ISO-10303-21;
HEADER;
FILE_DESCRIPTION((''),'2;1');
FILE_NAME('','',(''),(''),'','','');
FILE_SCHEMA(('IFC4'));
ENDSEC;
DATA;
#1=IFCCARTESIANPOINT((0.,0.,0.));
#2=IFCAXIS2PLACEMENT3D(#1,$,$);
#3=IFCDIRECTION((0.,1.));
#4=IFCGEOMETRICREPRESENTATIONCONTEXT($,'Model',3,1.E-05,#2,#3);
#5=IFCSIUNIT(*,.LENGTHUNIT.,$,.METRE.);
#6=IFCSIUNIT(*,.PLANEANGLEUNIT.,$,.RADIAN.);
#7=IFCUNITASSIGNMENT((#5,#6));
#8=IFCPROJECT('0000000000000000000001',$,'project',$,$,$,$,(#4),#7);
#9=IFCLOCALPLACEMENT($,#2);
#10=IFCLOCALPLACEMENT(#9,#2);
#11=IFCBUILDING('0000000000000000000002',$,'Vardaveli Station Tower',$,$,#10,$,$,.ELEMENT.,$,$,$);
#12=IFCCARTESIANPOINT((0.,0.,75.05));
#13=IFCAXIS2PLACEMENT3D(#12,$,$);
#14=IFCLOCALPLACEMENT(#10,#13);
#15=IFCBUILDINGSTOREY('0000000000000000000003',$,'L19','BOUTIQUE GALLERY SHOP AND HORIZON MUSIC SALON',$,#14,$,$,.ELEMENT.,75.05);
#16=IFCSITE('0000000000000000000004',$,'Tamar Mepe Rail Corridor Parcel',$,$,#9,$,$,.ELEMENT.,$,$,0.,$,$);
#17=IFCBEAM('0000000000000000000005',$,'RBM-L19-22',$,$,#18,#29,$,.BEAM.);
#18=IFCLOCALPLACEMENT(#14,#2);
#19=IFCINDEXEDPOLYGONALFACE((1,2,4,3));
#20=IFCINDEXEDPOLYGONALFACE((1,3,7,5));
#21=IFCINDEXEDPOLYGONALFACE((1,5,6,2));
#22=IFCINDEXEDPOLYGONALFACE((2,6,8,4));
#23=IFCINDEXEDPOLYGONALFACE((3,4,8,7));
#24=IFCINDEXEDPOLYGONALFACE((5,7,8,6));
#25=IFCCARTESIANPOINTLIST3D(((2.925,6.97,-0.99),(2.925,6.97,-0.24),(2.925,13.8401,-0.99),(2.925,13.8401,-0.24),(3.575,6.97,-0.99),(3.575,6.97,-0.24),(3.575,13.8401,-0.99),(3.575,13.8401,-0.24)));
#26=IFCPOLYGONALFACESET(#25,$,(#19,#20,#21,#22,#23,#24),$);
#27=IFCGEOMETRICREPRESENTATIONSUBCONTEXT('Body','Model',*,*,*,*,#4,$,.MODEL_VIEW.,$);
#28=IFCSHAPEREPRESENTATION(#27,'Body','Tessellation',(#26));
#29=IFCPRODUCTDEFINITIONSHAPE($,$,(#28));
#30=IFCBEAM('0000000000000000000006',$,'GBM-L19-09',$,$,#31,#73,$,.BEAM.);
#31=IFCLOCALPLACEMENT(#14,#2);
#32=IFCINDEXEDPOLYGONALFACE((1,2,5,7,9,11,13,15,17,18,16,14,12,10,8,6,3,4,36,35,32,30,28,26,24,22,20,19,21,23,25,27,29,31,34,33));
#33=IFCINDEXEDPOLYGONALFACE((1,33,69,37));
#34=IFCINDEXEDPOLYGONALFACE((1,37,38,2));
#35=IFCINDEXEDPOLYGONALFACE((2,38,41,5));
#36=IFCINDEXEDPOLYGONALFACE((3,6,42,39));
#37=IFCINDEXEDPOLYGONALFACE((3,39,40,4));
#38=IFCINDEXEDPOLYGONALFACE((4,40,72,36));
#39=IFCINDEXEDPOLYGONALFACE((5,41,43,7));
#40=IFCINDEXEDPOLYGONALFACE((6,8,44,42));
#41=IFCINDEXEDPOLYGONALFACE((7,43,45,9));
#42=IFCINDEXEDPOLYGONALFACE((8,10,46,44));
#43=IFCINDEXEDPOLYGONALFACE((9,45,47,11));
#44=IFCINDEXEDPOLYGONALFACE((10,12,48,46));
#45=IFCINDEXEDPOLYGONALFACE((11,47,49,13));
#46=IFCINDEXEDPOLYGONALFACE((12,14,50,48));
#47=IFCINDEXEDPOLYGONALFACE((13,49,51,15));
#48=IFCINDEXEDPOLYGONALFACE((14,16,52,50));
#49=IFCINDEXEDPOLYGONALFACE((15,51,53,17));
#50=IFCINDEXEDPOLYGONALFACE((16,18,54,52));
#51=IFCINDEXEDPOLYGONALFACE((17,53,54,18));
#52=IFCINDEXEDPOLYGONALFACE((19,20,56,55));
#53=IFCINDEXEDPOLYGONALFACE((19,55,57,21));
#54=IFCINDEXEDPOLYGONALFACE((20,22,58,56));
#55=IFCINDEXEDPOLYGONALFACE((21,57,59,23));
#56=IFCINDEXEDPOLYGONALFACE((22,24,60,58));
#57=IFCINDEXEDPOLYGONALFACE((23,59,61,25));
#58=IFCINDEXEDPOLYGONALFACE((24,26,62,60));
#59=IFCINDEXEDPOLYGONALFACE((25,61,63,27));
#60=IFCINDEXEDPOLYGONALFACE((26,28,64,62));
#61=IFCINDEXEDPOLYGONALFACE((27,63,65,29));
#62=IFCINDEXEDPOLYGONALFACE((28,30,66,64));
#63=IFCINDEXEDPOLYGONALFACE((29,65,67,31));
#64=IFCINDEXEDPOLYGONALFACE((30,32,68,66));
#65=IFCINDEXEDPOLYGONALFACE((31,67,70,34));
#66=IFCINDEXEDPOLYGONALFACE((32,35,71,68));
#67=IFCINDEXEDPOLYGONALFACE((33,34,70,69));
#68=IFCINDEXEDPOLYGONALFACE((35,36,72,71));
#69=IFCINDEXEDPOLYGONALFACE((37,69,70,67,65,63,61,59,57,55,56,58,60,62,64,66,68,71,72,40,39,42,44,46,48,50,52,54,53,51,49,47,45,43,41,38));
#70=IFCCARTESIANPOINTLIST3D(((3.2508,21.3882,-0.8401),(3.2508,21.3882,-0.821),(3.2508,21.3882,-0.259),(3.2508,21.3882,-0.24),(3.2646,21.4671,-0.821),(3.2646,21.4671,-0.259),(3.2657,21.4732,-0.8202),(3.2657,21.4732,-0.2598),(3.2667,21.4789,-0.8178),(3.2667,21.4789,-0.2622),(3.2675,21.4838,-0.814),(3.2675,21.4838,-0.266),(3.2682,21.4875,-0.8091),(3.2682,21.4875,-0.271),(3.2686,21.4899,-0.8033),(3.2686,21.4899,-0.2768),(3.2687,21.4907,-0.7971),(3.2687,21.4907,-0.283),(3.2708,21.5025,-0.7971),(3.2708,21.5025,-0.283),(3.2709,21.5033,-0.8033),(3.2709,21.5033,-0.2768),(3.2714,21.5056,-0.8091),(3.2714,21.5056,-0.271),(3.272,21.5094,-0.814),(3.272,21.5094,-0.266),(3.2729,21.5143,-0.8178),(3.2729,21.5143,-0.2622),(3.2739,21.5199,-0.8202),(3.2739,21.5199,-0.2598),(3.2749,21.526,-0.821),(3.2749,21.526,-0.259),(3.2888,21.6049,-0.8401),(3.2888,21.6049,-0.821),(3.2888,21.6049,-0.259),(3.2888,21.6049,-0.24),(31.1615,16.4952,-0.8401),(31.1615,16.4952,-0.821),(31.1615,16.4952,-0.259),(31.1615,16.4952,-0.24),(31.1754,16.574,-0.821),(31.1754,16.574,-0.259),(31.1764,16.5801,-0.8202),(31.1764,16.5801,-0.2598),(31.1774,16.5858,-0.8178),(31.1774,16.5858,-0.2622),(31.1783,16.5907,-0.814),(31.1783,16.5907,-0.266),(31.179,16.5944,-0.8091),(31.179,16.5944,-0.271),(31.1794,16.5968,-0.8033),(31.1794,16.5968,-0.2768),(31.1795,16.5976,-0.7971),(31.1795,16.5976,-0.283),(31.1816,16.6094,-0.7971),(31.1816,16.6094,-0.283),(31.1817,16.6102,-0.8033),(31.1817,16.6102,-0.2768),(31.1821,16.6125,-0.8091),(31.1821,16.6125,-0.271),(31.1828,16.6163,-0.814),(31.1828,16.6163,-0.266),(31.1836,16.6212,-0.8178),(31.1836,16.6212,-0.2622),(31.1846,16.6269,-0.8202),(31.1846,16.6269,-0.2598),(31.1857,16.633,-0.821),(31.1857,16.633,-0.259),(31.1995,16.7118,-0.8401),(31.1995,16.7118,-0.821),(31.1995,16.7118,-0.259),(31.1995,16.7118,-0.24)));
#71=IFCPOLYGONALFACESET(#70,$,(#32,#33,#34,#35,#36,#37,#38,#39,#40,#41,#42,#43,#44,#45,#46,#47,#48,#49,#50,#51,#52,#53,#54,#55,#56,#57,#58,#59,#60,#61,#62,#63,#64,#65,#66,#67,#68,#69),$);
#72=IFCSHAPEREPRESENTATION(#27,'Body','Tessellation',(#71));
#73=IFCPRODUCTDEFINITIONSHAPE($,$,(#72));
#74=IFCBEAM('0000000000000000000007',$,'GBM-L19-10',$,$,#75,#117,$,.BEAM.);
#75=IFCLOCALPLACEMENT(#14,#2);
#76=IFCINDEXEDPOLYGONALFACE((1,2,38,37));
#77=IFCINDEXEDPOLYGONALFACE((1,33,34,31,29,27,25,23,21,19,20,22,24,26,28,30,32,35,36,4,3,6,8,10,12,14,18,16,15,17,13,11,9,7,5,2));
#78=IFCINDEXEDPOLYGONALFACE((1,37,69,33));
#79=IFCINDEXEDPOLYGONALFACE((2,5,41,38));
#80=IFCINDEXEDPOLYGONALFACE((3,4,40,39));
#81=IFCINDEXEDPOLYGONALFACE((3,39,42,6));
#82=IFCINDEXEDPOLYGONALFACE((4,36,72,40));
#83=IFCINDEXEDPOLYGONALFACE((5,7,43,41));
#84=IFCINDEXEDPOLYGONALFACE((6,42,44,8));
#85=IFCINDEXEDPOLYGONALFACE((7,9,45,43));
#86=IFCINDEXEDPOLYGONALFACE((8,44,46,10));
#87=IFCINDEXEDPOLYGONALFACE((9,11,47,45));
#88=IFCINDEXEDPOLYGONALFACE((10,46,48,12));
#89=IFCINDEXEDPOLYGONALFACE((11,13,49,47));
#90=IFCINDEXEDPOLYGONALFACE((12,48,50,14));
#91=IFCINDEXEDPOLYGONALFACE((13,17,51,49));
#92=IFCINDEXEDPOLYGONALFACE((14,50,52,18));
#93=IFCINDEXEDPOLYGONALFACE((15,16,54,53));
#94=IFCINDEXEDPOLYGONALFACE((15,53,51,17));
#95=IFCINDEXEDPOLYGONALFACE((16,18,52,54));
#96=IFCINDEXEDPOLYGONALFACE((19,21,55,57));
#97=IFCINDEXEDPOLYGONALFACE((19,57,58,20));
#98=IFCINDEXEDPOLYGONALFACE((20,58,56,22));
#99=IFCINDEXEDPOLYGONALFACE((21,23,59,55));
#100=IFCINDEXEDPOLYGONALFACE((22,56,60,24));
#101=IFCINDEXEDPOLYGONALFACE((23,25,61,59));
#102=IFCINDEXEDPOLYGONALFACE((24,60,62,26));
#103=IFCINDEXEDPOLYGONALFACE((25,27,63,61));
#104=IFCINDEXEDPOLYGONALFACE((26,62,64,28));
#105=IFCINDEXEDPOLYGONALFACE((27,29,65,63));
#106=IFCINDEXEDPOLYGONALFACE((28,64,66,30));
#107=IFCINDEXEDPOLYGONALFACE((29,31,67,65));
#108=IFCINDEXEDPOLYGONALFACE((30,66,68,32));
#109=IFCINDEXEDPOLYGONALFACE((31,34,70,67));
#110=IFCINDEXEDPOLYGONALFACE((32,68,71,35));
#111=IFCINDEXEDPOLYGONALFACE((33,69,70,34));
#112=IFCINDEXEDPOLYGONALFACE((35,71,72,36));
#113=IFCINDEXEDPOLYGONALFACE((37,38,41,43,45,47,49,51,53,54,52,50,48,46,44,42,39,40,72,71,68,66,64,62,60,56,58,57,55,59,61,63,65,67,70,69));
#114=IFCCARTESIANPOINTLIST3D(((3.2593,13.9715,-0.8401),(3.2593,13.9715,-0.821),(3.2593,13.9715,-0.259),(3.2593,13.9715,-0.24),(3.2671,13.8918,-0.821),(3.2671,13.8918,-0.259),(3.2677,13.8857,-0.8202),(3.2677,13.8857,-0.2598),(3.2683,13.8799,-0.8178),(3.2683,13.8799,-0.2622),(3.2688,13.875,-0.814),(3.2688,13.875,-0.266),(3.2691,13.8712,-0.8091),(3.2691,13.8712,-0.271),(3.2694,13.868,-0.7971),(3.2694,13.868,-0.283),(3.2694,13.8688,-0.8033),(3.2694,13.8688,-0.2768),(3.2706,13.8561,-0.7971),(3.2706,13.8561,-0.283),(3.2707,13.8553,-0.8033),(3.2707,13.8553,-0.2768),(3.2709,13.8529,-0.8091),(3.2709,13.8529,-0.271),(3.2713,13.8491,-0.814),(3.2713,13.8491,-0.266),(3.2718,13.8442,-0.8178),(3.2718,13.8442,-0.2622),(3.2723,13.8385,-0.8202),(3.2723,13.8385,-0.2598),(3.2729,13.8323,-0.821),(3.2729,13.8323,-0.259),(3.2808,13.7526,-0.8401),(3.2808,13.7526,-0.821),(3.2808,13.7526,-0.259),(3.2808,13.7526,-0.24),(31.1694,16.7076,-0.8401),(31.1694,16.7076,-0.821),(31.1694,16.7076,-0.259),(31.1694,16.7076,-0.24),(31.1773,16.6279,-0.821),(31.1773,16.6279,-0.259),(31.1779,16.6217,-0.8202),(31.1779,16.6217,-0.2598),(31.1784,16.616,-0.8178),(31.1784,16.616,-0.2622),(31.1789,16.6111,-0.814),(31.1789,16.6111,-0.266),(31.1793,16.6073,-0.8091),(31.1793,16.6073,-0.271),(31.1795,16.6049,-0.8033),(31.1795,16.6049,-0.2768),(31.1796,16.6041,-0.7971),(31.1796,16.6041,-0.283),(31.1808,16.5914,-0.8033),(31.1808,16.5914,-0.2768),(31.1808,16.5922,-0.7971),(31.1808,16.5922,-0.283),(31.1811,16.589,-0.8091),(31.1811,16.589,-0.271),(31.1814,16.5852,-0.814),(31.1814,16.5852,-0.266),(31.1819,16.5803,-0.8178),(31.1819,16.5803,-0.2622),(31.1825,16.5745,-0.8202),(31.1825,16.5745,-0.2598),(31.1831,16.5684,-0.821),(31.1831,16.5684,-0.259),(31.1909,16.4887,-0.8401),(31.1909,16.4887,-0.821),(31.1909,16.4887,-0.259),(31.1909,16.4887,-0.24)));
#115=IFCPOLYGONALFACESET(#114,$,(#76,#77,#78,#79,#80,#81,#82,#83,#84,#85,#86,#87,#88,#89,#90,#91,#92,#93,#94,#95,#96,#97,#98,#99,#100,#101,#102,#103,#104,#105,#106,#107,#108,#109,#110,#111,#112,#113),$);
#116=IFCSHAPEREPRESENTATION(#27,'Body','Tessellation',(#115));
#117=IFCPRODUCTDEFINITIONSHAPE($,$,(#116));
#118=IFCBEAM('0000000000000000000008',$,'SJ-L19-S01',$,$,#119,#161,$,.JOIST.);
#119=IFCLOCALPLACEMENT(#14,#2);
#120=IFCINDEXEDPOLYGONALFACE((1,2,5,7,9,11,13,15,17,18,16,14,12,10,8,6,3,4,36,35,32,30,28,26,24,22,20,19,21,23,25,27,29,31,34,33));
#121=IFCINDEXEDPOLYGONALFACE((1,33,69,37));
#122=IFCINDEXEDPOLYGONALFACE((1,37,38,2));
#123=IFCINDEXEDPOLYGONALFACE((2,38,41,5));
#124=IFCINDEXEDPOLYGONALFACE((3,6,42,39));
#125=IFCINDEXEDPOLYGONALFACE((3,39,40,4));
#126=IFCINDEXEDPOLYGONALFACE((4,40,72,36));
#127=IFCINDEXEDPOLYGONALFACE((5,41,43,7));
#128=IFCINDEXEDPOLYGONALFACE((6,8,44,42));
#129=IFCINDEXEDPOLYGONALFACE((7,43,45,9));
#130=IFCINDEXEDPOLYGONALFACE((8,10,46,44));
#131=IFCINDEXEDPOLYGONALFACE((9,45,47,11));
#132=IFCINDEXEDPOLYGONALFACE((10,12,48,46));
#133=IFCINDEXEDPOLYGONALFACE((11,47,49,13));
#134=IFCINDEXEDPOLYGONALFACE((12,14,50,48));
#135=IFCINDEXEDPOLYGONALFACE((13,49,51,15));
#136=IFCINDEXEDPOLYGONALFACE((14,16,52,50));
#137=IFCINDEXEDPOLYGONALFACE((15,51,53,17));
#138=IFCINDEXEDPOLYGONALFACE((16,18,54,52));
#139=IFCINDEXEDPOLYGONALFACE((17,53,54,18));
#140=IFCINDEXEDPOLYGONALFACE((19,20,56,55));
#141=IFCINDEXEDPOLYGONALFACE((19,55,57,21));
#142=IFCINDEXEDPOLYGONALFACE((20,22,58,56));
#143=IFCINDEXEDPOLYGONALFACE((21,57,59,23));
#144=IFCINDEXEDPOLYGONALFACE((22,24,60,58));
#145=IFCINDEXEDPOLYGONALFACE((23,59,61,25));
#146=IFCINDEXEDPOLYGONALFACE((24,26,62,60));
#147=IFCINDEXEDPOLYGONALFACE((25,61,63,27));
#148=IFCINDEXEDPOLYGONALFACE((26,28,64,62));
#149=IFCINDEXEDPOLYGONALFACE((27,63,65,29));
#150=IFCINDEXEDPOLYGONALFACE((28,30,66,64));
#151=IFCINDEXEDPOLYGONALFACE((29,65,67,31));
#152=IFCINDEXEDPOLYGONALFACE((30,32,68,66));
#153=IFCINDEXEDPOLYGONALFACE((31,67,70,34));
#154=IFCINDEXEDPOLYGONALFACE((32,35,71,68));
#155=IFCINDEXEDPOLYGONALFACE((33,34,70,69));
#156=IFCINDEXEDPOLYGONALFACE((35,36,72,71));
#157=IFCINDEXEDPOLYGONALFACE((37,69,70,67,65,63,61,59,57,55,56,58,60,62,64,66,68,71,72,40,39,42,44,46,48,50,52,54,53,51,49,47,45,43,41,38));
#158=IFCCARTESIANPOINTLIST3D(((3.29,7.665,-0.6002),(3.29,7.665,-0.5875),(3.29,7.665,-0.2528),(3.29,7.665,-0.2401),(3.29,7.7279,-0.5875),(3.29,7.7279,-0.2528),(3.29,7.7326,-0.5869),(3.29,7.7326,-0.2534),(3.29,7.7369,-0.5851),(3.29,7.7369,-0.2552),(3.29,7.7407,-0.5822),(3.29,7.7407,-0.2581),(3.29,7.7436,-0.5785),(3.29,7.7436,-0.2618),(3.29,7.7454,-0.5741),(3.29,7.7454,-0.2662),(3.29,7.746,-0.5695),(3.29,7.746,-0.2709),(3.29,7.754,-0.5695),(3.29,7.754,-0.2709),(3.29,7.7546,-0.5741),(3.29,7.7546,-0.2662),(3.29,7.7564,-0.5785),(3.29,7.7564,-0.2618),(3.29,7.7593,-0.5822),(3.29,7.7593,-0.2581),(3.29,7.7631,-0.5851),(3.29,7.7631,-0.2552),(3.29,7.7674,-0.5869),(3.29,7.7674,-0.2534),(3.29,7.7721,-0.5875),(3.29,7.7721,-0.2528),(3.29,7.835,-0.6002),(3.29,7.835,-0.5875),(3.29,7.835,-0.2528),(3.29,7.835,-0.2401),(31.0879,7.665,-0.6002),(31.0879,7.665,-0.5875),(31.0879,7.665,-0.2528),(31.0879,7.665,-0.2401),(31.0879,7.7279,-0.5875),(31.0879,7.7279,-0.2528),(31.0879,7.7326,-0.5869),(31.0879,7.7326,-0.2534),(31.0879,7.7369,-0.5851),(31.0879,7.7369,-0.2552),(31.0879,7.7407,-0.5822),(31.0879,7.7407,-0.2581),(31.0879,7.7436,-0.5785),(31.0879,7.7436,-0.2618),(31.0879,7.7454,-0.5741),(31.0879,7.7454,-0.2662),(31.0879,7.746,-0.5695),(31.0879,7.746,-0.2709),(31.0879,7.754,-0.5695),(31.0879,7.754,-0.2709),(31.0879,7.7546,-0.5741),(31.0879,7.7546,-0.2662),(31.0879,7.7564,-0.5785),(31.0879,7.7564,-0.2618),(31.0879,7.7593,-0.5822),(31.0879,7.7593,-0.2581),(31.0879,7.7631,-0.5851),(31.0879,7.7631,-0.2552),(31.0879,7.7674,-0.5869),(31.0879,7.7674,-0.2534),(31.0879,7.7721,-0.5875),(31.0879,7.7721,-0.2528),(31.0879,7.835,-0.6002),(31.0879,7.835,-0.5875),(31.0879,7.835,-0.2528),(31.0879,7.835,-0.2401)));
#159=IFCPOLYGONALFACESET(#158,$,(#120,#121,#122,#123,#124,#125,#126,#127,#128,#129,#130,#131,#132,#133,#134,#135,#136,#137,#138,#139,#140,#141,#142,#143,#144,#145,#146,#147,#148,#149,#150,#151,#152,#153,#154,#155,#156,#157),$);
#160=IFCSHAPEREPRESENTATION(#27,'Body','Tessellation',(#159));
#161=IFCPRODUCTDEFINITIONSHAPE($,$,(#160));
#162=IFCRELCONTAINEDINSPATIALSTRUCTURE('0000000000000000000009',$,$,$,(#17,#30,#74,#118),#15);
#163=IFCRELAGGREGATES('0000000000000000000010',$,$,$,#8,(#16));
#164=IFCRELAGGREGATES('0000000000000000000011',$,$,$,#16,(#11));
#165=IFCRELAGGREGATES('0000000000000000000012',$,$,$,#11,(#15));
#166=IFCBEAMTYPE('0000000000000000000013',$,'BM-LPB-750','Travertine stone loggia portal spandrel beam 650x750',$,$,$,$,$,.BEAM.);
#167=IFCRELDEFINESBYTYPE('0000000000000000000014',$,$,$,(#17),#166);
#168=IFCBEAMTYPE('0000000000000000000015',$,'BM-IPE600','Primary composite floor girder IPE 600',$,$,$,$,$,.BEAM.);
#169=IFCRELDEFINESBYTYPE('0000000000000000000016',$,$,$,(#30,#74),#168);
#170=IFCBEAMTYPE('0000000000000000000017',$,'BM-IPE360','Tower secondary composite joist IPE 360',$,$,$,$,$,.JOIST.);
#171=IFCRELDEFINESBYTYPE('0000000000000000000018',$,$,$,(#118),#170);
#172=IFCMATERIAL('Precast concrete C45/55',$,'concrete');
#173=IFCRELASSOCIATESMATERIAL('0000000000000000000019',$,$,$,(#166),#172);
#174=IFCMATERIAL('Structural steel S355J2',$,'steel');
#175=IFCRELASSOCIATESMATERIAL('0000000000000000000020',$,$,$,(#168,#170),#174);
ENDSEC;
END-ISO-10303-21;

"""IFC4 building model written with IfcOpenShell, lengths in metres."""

from ifc_helpers import new_model, si_unit, direction, frame, origin, origin_2d, place, context, subcontext, project, spatial, rectangle, i_section, extrude, source, transform, mapped, material, material_profile, profile_set, type_object, element, save


model = new_model("IFC4")

# Units and contexts
model_context = context("Model", 3, precision=1e-05, world=origin(), true_north=direction((0.0, 1.0)))
body_context = subcontext(model_context, "Body", "Model", "MODEL_VIEW")
ifc_project = project(units=[si_unit("LENGTHUNIT", "METRE"), si_unit("PLANEANGLEUNIT", "RADIAN")], contexts=[model_context])

# Site, building, storey
site_placement = place(None, origin())
site = spatial("IfcSite", under=ifc_project, at=site_placement, Name="Tamar Mepe Rail Corridor Parcel", CompositionType="ELEMENT", RefElevation=0.0)
building_placement = place(site_placement, origin())
building = spatial("IfcBuilding", under=site, at=building_placement, Name="Vardaveli Station Tower", CompositionType="ELEMENT")
storey_placement = place(building_placement, frame((0.0, 0.0, 75.05)))
storey = spatial("IfcBuildingStorey", under=building, at=storey_placement, Name="L19", Description="BOUTIQUE GALLERY SHOP AND HORIZON MUSIC SALON", CompositionType="ELEMENT", Elevation=75.05)

# Beams
ifc_material_1 = material(Name="Precast concrete C45/55", Category="concrete")
ifc_material_profile_1 = material_profile(ifc_material_1, rectangle(XDim=0.6499, YDim=0.75, at=origin_2d()), Name="LPB 650x750")
ifc_profile_set_1 = profile_set([ifc_material_profile_1], Name="Precast concrete C45/55")
beam_type_1 = type_object("IfcBeamType", Name="BM-LPB-750", Description="Travertine stone loggia portal spandrel beam 650x750", PredefinedType="BEAM", material=ifc_profile_set_1)
shared_shape_1 = source(origin(), body_context, "Body", "SweptSolid", [
    extrude(rectangle(XDim=0.6499, YDim=0.75, at=origin_2d()), origin(), (0.0, 0.0, 1.0), 6.8701),
])
beam_1_placement = place(storey_placement, frame((3.25, 13.8401, -0.615), z_axis=(0.0, -1.0, 0.0), x_axis=(1.0, 0.0, 0.0)))
element("IfcBeam", 1, at=beam_1_placement, inside=storey, type_object=beam_type_1, Name="RBM-L19-22", PredefinedType="BEAM", context=body_context, shape_type="MappedRepresentation", body=[
    mapped(shared_shape_1, transform((0.0, 0.0, 0.0), scale=1.0)),
])
ifc_material_2 = material(Name="Structural steel S355J2", Category="steel")
ifc_material_profile_2 = material_profile(ifc_material_2, i_section(OverallWidth=0.22, OverallDepth=0.6001, WebThickness=0.012, FlangeThickness=0.019, FilletRadius=0.0239, at=origin_2d()), Name="IPE 600")
ifc_profile_set_2 = profile_set([ifc_material_profile_2], Name="Structural steel S355J2")
beam_type_2 = type_object("IfcBeamType", Name="BM-IPE600", Description="Primary composite floor girder IPE 600", PredefinedType="BEAM", material=ifc_profile_set_2)
shared_shape_2 = source(origin(), body_context, "Body", "SweptSolid", [
    extrude(i_section(OverallWidth=0.22, OverallDepth=0.6001, WebThickness=0.012, FlangeThickness=0.019, FilletRadius=0.0239, at=origin_2d()), origin(), (0.0, 0.0, 1.0), 28.3364),
])
beam_2_placement = place(storey_placement, frame((3.2698, 21.4966, -0.54), z_axis=(0.984978, -0.172678, 0.0), x_axis=(0.172678, 0.984978, 0.0)))
element("IfcBeam", 2, at=beam_2_placement, inside=storey, type_object=beam_type_2, Name="GBM-L19-09", PredefinedType="BEAM", context=body_context, shape_type="MappedRepresentation", body=[
    mapped(shared_shape_2, transform((0.0, 0.0, 0.0), scale=1.0)),
])
shared_shape_3 = source(origin(), body_context, "Body", "SweptSolid", [
    extrude(i_section(OverallWidth=0.22, OverallDepth=0.6001, WebThickness=0.012, FlangeThickness=0.019, FilletRadius=0.0239, at=origin_2d()), origin(), (0.0, 0.0, 1.0), 28.0439),
])
beam_3_placement = place(storey_placement, frame((3.27, 13.8621, -0.54), z_axis=(0.995229, 0.097564, 0.0), x_axis=(-0.097564, 0.995229, 0.0)))
element("IfcBeam", 3, at=beam_3_placement, inside=storey, type_object=beam_type_2, Name="GBM-L19-10", PredefinedType="BEAM", context=body_context, shape_type="MappedRepresentation", body=[
    mapped(shared_shape_3, transform((0.0, 0.0, 0.0), scale=1.0)),
])
ifc_material_profile_3 = material_profile(ifc_material_2, i_section(OverallWidth=0.1699, OverallDepth=0.3601, WebThickness=0.0081, FlangeThickness=0.0127, FilletRadius=0.0181, at=origin_2d()), Name="IPE 360")
ifc_profile_set_3 = profile_set([ifc_material_profile_3], Name="Structural steel S355J2")
beam_type_3 = type_object("IfcBeamType", Name="BM-IPE360", Description="Tower secondary composite joist IPE 360", PredefinedType="JOIST", material=ifc_profile_set_3)
shared_shape_4 = source(origin(), body_context, "Body", "SweptSolid", [
    extrude(i_section(OverallWidth=0.1699, OverallDepth=0.3601, WebThickness=0.0081, FlangeThickness=0.0127, FilletRadius=0.0181, at=origin_2d()), origin(), (0.0, 0.0, 1.0), 27.7979),
])
for number, where, z_axis, x_axis, name in (
    (4, (3.29, 7.75, -0.4202), (1.0, 0.0, 0.0), (0.0, 1.0, 0.0), "SJ-L19-S01"),
):
    element("IfcBeam", number, at=place(storey_placement, frame(where, z_axis=z_axis, x_axis=x_axis)), inside=storey, type_object=beam_type_3, Name=name, PredefinedType="JOIST", context=body_context, shape_type="MappedRepresentation", body=[
        mapped(shared_shape_4, transform((0.0, 0.0, 0.0), scale=1.0)),
    ])

save(model, "model.ifc")
